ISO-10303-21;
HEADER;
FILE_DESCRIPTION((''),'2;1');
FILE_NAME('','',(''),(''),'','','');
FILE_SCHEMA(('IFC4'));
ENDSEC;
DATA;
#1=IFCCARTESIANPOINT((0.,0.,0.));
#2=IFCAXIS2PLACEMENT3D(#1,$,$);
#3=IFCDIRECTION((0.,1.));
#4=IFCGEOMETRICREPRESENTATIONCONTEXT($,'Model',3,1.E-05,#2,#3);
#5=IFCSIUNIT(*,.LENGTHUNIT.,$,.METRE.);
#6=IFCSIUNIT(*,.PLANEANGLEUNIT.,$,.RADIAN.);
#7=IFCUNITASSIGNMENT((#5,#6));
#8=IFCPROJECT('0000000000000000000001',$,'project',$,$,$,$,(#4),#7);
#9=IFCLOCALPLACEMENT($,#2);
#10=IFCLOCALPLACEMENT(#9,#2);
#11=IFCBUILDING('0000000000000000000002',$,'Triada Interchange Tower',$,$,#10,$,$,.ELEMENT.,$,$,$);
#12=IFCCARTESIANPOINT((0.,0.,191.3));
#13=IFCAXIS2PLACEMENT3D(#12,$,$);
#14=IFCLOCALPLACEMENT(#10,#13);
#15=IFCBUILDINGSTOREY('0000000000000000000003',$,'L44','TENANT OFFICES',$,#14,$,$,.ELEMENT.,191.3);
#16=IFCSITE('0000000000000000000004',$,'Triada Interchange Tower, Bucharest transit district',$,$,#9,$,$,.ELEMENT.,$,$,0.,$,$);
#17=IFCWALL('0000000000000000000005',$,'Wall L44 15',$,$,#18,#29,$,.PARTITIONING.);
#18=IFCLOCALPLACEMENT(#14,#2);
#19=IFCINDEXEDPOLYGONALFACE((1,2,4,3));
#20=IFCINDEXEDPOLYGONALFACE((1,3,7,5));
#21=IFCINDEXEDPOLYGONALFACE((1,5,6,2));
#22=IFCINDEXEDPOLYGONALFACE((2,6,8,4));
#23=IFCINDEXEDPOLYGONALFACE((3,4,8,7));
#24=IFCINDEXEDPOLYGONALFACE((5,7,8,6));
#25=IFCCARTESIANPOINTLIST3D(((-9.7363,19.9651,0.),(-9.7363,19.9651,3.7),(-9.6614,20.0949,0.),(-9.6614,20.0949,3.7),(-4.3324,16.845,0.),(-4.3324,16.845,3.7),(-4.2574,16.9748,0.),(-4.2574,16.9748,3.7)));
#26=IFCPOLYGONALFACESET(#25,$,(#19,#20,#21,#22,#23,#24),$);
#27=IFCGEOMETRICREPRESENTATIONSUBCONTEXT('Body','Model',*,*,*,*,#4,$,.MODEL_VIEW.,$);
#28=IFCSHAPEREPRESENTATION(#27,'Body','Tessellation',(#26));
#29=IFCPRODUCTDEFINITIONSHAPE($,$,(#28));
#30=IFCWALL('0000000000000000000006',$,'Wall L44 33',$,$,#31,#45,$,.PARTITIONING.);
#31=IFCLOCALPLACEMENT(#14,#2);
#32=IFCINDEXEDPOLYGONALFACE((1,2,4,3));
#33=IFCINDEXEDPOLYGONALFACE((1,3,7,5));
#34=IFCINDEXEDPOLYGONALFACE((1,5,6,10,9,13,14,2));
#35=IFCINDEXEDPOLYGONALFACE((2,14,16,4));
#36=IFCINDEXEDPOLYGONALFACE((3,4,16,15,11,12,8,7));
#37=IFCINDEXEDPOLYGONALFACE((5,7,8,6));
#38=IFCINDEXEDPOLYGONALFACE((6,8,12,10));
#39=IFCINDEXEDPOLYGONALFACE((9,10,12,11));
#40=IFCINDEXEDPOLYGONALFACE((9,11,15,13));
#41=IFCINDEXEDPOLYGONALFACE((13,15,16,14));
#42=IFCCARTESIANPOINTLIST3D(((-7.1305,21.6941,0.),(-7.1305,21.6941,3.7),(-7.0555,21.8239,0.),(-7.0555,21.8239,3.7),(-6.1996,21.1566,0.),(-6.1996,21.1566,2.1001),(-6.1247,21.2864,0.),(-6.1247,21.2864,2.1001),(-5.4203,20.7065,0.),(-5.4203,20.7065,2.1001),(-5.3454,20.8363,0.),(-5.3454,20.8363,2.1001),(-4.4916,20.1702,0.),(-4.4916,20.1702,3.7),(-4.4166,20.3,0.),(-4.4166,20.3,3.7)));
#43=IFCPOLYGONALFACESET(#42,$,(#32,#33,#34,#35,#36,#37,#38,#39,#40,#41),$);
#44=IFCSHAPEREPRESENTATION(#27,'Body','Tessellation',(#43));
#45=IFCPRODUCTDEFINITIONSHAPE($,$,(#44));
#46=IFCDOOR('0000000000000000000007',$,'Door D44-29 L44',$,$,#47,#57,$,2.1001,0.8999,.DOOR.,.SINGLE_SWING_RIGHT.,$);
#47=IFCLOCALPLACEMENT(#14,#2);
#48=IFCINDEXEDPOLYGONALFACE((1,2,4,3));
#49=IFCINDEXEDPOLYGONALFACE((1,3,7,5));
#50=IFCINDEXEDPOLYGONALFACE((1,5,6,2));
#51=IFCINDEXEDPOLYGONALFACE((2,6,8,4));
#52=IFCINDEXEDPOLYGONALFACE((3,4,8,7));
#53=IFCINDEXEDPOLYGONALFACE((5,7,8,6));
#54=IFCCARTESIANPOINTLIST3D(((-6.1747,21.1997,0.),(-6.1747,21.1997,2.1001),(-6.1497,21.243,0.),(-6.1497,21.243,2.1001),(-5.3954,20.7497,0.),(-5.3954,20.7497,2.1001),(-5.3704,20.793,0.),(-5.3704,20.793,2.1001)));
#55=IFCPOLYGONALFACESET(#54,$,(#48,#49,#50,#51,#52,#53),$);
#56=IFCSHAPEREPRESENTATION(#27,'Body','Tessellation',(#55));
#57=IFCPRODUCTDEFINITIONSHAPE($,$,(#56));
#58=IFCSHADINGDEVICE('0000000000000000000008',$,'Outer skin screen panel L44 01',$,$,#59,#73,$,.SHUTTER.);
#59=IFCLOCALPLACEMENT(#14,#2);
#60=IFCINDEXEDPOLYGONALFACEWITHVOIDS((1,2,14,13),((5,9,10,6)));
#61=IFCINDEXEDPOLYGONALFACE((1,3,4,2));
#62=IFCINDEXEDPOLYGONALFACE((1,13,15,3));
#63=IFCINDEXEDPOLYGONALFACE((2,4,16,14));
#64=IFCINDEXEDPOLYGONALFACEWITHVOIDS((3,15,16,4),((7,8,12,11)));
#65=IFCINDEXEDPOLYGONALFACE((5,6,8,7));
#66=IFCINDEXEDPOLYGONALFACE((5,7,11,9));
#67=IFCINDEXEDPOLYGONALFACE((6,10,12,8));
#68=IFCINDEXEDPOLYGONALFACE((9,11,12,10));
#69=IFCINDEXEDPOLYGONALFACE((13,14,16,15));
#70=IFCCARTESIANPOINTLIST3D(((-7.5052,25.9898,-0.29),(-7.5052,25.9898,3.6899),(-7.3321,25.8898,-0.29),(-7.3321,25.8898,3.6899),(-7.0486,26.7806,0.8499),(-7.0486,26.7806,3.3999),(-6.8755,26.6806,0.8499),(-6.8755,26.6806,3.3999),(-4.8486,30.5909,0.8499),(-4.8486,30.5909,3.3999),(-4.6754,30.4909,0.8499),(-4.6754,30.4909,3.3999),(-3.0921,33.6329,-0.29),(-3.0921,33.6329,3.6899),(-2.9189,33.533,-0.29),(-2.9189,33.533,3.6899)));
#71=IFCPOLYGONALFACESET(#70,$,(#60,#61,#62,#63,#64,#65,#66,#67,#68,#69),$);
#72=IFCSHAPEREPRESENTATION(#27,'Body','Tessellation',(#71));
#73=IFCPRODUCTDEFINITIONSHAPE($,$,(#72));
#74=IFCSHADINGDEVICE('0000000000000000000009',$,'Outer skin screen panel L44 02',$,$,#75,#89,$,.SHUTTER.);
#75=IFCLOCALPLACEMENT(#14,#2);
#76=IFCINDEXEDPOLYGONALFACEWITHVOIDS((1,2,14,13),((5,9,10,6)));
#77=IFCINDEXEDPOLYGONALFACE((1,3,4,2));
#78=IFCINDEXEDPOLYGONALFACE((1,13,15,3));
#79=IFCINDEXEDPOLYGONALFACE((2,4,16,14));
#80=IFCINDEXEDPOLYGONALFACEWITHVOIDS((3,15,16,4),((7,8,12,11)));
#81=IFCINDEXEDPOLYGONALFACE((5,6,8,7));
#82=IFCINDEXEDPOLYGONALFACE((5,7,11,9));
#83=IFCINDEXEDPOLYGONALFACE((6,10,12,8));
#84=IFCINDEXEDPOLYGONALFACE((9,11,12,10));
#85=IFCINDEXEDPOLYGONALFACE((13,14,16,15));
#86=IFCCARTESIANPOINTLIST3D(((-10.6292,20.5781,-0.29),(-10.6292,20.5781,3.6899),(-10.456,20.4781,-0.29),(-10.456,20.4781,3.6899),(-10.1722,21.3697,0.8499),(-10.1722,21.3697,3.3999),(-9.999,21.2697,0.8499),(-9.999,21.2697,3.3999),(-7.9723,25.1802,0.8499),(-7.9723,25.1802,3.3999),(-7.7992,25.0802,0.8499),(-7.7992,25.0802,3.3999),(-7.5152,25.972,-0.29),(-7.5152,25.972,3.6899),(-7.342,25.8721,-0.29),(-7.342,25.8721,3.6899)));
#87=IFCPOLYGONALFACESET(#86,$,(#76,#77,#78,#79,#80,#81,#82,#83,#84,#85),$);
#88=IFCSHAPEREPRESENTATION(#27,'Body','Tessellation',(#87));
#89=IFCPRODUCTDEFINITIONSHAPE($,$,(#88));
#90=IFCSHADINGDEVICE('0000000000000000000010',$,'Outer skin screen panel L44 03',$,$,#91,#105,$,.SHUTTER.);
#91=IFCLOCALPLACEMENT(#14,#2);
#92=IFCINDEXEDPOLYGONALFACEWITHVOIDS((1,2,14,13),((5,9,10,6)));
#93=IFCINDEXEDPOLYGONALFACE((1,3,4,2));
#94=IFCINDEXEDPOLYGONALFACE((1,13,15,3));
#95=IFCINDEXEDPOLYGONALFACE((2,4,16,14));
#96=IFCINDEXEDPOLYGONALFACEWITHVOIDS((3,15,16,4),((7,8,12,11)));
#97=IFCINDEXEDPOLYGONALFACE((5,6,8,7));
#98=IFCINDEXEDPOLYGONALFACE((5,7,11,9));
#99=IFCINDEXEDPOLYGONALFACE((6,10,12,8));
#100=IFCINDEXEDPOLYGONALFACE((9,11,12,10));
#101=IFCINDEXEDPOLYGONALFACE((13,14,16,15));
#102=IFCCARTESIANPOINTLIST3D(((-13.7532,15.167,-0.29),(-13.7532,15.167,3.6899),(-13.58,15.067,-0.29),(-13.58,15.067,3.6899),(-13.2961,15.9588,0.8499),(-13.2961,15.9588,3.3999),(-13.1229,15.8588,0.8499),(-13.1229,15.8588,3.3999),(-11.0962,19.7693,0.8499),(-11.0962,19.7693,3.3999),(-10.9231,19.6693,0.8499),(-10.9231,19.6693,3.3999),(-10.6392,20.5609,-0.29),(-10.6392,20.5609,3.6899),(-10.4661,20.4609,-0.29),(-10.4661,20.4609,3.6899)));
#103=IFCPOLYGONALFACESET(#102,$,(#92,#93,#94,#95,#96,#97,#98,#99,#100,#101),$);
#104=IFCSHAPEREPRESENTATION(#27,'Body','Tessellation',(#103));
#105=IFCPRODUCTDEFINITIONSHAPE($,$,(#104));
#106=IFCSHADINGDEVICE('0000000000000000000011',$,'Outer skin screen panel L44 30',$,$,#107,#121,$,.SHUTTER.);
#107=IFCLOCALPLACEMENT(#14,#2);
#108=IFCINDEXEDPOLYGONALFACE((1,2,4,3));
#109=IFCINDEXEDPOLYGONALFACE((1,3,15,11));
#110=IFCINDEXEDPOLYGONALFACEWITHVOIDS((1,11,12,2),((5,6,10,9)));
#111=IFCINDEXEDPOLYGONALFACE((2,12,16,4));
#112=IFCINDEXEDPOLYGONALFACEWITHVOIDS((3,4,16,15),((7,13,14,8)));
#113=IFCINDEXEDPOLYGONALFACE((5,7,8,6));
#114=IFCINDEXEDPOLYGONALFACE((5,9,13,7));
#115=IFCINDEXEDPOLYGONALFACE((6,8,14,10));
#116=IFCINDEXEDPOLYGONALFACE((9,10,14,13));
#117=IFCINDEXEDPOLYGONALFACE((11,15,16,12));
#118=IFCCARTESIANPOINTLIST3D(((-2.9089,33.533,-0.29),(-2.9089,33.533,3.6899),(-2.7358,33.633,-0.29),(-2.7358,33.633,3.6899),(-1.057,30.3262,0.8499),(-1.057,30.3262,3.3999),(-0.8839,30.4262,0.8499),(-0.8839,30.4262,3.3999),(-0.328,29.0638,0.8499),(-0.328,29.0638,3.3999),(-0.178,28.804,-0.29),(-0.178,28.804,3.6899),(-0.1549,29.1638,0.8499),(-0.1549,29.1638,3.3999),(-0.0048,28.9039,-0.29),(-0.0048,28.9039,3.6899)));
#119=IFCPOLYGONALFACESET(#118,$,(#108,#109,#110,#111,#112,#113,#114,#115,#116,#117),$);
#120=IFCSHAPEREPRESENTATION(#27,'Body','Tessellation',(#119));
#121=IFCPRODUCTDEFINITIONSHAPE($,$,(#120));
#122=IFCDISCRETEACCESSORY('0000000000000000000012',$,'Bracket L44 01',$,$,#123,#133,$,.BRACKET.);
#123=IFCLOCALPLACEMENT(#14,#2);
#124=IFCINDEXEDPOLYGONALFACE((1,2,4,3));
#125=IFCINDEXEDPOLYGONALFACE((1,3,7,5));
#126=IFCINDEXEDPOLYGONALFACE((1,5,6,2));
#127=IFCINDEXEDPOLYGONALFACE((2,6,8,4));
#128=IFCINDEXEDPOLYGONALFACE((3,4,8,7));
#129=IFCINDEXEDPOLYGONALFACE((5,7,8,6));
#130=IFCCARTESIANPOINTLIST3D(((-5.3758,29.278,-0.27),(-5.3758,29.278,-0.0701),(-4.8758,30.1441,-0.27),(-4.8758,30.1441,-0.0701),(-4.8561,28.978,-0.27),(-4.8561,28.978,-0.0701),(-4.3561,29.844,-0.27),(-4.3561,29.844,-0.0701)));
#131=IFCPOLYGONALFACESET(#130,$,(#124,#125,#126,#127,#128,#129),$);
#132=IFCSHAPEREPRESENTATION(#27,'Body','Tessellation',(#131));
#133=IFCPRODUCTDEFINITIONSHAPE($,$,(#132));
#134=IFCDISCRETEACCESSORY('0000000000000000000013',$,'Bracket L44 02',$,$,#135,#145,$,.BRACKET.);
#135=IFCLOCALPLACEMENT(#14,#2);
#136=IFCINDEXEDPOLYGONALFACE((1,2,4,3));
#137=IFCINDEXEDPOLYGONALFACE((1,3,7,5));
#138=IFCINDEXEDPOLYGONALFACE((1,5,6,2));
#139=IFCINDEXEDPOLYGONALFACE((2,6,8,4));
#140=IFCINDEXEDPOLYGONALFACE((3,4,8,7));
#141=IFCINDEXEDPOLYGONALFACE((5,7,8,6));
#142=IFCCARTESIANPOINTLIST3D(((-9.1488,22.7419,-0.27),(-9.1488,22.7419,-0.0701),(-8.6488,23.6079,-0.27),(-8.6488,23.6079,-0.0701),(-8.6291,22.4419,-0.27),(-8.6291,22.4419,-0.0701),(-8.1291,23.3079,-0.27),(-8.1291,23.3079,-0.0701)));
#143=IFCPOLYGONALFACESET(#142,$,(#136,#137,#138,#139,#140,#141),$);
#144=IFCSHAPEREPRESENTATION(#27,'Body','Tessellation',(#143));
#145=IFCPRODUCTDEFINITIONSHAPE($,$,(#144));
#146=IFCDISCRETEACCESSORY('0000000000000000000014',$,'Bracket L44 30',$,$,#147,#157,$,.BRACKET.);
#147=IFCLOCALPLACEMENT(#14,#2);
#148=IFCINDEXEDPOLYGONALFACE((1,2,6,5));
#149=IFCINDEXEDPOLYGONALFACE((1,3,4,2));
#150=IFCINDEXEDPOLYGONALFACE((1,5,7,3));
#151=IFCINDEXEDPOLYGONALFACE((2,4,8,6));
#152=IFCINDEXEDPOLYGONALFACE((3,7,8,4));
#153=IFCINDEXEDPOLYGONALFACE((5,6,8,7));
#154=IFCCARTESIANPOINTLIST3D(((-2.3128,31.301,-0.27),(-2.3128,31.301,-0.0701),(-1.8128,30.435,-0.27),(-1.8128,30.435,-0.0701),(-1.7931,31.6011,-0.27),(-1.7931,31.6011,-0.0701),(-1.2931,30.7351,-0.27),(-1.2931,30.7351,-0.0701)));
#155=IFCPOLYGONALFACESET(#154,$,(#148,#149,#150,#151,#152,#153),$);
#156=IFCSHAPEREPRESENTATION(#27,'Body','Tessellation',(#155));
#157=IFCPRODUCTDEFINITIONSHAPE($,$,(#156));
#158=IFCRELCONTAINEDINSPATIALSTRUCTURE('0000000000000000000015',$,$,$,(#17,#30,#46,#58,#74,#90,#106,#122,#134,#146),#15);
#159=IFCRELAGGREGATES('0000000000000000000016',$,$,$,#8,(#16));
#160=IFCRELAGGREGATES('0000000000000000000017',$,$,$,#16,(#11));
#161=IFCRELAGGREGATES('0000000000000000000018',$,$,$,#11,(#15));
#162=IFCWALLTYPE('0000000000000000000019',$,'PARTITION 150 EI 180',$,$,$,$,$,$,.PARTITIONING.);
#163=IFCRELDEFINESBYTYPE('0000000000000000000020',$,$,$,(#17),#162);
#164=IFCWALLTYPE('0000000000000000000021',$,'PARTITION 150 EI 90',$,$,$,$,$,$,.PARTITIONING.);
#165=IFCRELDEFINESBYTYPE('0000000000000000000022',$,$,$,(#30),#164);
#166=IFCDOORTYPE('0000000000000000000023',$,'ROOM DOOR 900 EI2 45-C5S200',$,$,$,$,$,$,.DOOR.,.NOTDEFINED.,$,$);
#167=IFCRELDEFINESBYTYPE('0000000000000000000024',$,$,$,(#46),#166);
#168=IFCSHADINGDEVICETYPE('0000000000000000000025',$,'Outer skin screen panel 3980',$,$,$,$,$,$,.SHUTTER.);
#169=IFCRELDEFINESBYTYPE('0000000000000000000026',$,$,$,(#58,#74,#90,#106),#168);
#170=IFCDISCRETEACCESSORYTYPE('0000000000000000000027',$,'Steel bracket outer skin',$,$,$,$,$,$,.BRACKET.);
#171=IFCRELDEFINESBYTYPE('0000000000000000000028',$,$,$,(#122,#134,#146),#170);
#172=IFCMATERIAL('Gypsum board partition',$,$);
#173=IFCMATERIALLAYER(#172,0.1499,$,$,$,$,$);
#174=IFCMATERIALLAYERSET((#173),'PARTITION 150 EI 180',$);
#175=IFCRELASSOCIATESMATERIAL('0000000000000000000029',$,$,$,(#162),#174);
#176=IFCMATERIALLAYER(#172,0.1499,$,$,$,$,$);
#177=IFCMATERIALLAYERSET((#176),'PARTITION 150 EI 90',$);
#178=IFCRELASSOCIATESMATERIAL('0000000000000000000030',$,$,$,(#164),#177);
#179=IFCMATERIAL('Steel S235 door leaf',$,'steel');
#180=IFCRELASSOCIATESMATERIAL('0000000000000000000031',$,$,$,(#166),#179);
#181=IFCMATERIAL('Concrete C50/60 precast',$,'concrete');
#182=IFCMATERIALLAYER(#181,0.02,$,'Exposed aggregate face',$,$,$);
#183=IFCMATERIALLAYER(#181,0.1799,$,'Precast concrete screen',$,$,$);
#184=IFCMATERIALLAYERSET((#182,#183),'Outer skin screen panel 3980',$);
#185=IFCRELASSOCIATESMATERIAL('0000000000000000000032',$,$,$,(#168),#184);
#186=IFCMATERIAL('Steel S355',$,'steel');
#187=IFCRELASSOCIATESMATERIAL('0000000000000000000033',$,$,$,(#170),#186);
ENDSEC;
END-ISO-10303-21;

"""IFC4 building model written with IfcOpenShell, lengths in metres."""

from ifc_helpers import new_model, si_unit, direction, frame, frame_2d, origin, origin_2d, place, context, subcontext, project, spatial, polyline, rectangle, outline, extrude, material, layer, layer_set, type_object, element, fill, save


model = new_model("IFC4")

# Units and contexts
model_context = context("Model", 3, precision=1e-05, world=origin(), true_north=direction((0.0, 1.0)))
body_context = subcontext(model_context, "Body", "Model", "MODEL_VIEW")
ifc_project = project(units=[si_unit("LENGTHUNIT", "METRE"), si_unit("PLANEANGLEUNIT", "RADIAN")], contexts=[model_context])

# Site, building, storey
site_placement = place(None, origin())
site = spatial("IfcSite", under=ifc_project, at=site_placement, Name="Triada Interchange Tower, Bucharest transit district", CompositionType="ELEMENT", RefElevation=0.0)
building_placement = place(site_placement, origin())
building = spatial("IfcBuilding", under=site, at=building_placement, Name="Triada Interchange Tower", CompositionType="ELEMENT")
storey_placement = place(building_placement, frame((0.0, 0.0, 191.3)))
storey = spatial("IfcBuildingStorey", under=building, at=storey_placement, Name="L44", Description="TENANT OFFICES", CompositionType="ELEMENT", Elevation=191.3)

# Wall
ifc_material_1 = material(Name="Gypsum board partition")
ifc_layer_1 = layer(ifc_material_1, 0.1499)
ifc_layer_set_1 = layer_set([ifc_layer_1], Name="PARTITION 150 EI 180")
wall_type_1 = type_object("IfcWallType", Name="PARTITION 150 EI 180", PredefinedType="PARTITIONING", material=ifc_layer_set_1)
wall_1_placement = place(storey_placement, frame((-9.699, 20.03, 0.0), z_axis=(0.0, 0.0, 1.0), x_axis=(0.866019, -0.50001, 0.0)))
element("IfcWall", 1, at=wall_1_placement, inside=storey, type_object=wall_type_1, Name="Wall L44 15", PredefinedType="PARTITIONING", context=body_context, shape_type="SweptSolid", body=[
    extrude(rectangle(XDim=6.24, YDim=0.1499, at=frame_2d((3.1201, 0.0))), origin(), (0.0, 0.0, 1.0), 3.7),
])

# Wall, opening, door
ifc_layer_2 = layer(ifc_material_1, 0.1499)
ifc_layer_set_2 = layer_set([ifc_layer_2], Name="PARTITION 150 EI 90")
wall_type_2 = type_object("IfcWallType", Name="PARTITION 150 EI 90", PredefinedType="PARTITIONING", material=ifc_layer_set_2)
wall_2_placement = place(storey_placement, frame((-7.093, 21.759, 0.0), z_axis=(0.0, 0.0, 1.0), x_axis=(0.865976, -0.500085, 0.0)))
wall_2 = element("IfcWall", 2, at=wall_2_placement, inside=storey, type_object=wall_type_2, Name="Wall L44 33", PredefinedType="PARTITIONING", context=body_context, shape_type="SweptSolid", body=[
    extrude(rectangle(XDim=3.0474, YDim=0.1499, at=frame_2d((1.5237, 0.0))), origin(), (0.0, 0.0, 1.0), 3.7),
])
opening_1_placement = place(wall_2_placement, frame((1.075, 0.0, 0.0)))
opening_1 = element("IfcOpeningElement", 3, at=opening_1_placement, cuts=wall_2, PredefinedType="OPENING", context=body_context, shape_type="SweptSolid", body=[
    extrude(rectangle(XDim=0.8999, YDim=2.1001, at=frame_2d((0.45, 1.05))), frame((0.0, 0.085, 0.0), z_axis=(0.0, -1.0, 0.0), x_axis=(1.0, 0.0, 0.0)), (0.0, 0.0, 1.0), 0.1699),
])
ifc_material_2 = material(Name="Steel S235 door leaf", Category="steel")
door_type = type_object("IfcDoorType", Name="ROOM DOOR 900 EI2 45-C5S200", OperationType="NOTDEFINED", PredefinedType="DOOR", material=ifc_material_2)
door_placement = place(opening_1_placement, origin())
door = element("IfcDoor", 4, at=door_placement, inside=storey, type_object=door_type, Name="Door D44-29 L44", OperationType="SINGLE_SWING_RIGHT", OverallHeight=2.1001, OverallWidth=0.8999, PredefinedType="DOOR", context=body_context, shape_type="SweptSolid", body=[
    extrude(rectangle(XDim=0.8999, YDim=2.1001, at=frame_2d((0.45, 1.05))), frame((0.0, 0.0249, 0.0), z_axis=(0.0, -1.0, 0.0), x_axis=(1.0, 0.0, 0.0)), (0.0, 0.0, 1.0), 0.05),
])
fill(opening_1, door)

# Shading devices
ifc_material_3 = material(Name="Concrete C50/60 precast", Category="concrete")
ifc_layer_3 = layer(ifc_material_3, 0.02, Name="Exposed aggregate face")
ifc_layer_4 = layer(ifc_material_3, 0.1799, Name="Precast concrete screen")
ifc_layer_set_3 = layer_set([ifc_layer_3, ifc_layer_4], Name="Outer skin screen panel 3980")
shading_device_type = type_object("IfcShadingDeviceType", Name="Outer skin screen panel 3980", PredefinedType="SHUTTER", material=ifc_layer_set_3)
shading_device_1_placement = place(storey_placement, frame((-2.9189, 33.533, -0.29), z_axis=(0.0, 0.0, 1.0), x_axis=(-0.500031, -0.866008, 0.0)))
element("IfcShadingDevice", 5, at=shading_device_1_placement, inside=storey, type_object=shading_device_type, Name="Outer skin screen panel L44 01", PredefinedType="SHUTTER", context=body_context, shape_type="SweptSolid", body=[
    extrude(outline(polyline([(0.0, 0.0), (8.8257, 0.0), (8.8257, 3.98), (0.0, 3.98), (0.0, 0.0)]), holes=[polyline([(3.5127, 1.1399), (3.5127, 3.6899), (7.9126, 3.6899), (7.9126, 1.1399), (3.5127, 1.1399)])]), frame((0.0, 0.0, 0.0), z_axis=(0.0, -1.0, 0.0), x_axis=(1.0, 0.0, 0.0)), (0.0, 0.0, 1.0), 0.2),
])
shading_device_2_placement = place(storey_placement, frame((-7.342, 25.8721, -0.29), z_axis=(0.0, 0.0, 1.0), x_axis=(-0.499971, -0.866042, 0.0)))
element("IfcShadingDevice", 6, at=shading_device_2_placement, inside=storey, type_object=shading_device_type, Name="Outer skin screen panel L44 02", PredefinedType="SHUTTER", context=body_context, shape_type="SweptSolid", body=[
    extrude(outline(polyline([(0.0, 0.0), (6.2283, 0.0), (6.2283, 3.98), (0.0, 3.98), (0.0, 0.0)]), holes=[polyline([(0.9143, 1.1399), (0.9143, 3.6899), (5.3142, 3.6899), (5.3142, 1.1399), (0.9143, 1.1399)])]), frame((0.0, 0.0, 0.0), z_axis=(0.0, -1.0, 0.0), x_axis=(1.0, 0.0, 0.0)), (0.0, 0.0, 1.0), 0.2),
])
shading_device_3_placement = place(storey_placement, frame((-10.4661, 20.4609, -0.29), z_axis=(0.0, 0.0, 1.0), x_axis=(-0.499971, -0.866042, 0.0)))
element("IfcShadingDevice", 7, at=shading_device_3_placement, inside=storey, type_object=shading_device_type, Name="Outer skin screen panel L44 03", PredefinedType="SHUTTER", context=body_context, shape_type="SweptSolid", body=[
    extrude(outline(polyline([(0.0, 0.0), (6.2283, 0.0), (6.2283, 3.98), (0.0, 3.98), (0.0, 0.0)]), holes=[polyline([(0.9141, 1.1399), (0.9141, 3.6899), (5.314, 3.6899), (5.314, 1.1399), (0.9141, 1.1399)])]), frame((0.0, 0.0, 0.0), z_axis=(0.0, -1.0, 0.0), x_axis=(1.0, 0.0, 0.0)), (0.0, 0.0, 1.0), 0.2),
])
shading_device_4_placement = place(storey_placement, frame((-0.178, 28.804, -0.29), z_axis=(0.0, 0.0, 1.0), x_axis=(-0.500091, 0.865973, 0.0)))
element("IfcShadingDevice", 8, at=shading_device_4_placement, inside=storey, type_object=shading_device_type, Name="Outer skin screen panel L44 30", PredefinedType="SHUTTER", context=body_context, shape_type="SweptSolid", body=[
    extrude(outline(polyline([(0.0, 0.0), (5.4609, 0.0), (5.4609, 3.98), (0.0, 3.98), (0.0, 0.0)]), holes=[polyline([(0.3, 1.1399), (0.3, 3.6899), (1.7578, 3.6899), (1.7578, 1.1399), (0.3, 1.1399)])]), frame((0.0, 0.0, 0.0), z_axis=(0.0, -1.0, 0.0), x_axis=(1.0, 0.0, 0.0)), (0.0, 0.0, 1.0), 0.2),
])

# Discrete accessories
ifc_material_4 = material(Name="Steel S355", Category="steel")
discrete_accessory_type = type_object("IfcDiscreteAccessoryType", Name="Steel bracket outer skin", PredefinedType="BRACKET", material=ifc_material_4)
for number, where, z_axis, x_axis, name in (
    (9, (-4.866, 29.561, -0.27), (0.0, 0.0, 1.0), (-0.866023, 0.500003, 0.0), "Bracket L44 01"),
    (10, (-8.6389, 23.0249, -0.27), (0.0, 0.0, 1.0), (-0.866023, 0.500003, 0.0), "Bracket L44 02"),
    (11, (-1.803, 31.0181, -0.27), (0.0, 0.0, 1.0), (0.866017, 0.500015, 0.0), "Bracket L44 30"),
):
    element("IfcDiscreteAccessory", number, at=place(storey_placement, frame(where, z_axis=z_axis, x_axis=x_axis)), inside=storey, type_object=discrete_accessory_type, Name=name, PredefinedType="BRACKET", context=body_context, shape_type="SweptSolid", body=[
        extrude(rectangle(XDim=0.6001, YDim=1.0, at=origin_2d()), origin(), (0.0, 0.0, 1.0), 0.2),
    ])

save(model, "model.ifc")
